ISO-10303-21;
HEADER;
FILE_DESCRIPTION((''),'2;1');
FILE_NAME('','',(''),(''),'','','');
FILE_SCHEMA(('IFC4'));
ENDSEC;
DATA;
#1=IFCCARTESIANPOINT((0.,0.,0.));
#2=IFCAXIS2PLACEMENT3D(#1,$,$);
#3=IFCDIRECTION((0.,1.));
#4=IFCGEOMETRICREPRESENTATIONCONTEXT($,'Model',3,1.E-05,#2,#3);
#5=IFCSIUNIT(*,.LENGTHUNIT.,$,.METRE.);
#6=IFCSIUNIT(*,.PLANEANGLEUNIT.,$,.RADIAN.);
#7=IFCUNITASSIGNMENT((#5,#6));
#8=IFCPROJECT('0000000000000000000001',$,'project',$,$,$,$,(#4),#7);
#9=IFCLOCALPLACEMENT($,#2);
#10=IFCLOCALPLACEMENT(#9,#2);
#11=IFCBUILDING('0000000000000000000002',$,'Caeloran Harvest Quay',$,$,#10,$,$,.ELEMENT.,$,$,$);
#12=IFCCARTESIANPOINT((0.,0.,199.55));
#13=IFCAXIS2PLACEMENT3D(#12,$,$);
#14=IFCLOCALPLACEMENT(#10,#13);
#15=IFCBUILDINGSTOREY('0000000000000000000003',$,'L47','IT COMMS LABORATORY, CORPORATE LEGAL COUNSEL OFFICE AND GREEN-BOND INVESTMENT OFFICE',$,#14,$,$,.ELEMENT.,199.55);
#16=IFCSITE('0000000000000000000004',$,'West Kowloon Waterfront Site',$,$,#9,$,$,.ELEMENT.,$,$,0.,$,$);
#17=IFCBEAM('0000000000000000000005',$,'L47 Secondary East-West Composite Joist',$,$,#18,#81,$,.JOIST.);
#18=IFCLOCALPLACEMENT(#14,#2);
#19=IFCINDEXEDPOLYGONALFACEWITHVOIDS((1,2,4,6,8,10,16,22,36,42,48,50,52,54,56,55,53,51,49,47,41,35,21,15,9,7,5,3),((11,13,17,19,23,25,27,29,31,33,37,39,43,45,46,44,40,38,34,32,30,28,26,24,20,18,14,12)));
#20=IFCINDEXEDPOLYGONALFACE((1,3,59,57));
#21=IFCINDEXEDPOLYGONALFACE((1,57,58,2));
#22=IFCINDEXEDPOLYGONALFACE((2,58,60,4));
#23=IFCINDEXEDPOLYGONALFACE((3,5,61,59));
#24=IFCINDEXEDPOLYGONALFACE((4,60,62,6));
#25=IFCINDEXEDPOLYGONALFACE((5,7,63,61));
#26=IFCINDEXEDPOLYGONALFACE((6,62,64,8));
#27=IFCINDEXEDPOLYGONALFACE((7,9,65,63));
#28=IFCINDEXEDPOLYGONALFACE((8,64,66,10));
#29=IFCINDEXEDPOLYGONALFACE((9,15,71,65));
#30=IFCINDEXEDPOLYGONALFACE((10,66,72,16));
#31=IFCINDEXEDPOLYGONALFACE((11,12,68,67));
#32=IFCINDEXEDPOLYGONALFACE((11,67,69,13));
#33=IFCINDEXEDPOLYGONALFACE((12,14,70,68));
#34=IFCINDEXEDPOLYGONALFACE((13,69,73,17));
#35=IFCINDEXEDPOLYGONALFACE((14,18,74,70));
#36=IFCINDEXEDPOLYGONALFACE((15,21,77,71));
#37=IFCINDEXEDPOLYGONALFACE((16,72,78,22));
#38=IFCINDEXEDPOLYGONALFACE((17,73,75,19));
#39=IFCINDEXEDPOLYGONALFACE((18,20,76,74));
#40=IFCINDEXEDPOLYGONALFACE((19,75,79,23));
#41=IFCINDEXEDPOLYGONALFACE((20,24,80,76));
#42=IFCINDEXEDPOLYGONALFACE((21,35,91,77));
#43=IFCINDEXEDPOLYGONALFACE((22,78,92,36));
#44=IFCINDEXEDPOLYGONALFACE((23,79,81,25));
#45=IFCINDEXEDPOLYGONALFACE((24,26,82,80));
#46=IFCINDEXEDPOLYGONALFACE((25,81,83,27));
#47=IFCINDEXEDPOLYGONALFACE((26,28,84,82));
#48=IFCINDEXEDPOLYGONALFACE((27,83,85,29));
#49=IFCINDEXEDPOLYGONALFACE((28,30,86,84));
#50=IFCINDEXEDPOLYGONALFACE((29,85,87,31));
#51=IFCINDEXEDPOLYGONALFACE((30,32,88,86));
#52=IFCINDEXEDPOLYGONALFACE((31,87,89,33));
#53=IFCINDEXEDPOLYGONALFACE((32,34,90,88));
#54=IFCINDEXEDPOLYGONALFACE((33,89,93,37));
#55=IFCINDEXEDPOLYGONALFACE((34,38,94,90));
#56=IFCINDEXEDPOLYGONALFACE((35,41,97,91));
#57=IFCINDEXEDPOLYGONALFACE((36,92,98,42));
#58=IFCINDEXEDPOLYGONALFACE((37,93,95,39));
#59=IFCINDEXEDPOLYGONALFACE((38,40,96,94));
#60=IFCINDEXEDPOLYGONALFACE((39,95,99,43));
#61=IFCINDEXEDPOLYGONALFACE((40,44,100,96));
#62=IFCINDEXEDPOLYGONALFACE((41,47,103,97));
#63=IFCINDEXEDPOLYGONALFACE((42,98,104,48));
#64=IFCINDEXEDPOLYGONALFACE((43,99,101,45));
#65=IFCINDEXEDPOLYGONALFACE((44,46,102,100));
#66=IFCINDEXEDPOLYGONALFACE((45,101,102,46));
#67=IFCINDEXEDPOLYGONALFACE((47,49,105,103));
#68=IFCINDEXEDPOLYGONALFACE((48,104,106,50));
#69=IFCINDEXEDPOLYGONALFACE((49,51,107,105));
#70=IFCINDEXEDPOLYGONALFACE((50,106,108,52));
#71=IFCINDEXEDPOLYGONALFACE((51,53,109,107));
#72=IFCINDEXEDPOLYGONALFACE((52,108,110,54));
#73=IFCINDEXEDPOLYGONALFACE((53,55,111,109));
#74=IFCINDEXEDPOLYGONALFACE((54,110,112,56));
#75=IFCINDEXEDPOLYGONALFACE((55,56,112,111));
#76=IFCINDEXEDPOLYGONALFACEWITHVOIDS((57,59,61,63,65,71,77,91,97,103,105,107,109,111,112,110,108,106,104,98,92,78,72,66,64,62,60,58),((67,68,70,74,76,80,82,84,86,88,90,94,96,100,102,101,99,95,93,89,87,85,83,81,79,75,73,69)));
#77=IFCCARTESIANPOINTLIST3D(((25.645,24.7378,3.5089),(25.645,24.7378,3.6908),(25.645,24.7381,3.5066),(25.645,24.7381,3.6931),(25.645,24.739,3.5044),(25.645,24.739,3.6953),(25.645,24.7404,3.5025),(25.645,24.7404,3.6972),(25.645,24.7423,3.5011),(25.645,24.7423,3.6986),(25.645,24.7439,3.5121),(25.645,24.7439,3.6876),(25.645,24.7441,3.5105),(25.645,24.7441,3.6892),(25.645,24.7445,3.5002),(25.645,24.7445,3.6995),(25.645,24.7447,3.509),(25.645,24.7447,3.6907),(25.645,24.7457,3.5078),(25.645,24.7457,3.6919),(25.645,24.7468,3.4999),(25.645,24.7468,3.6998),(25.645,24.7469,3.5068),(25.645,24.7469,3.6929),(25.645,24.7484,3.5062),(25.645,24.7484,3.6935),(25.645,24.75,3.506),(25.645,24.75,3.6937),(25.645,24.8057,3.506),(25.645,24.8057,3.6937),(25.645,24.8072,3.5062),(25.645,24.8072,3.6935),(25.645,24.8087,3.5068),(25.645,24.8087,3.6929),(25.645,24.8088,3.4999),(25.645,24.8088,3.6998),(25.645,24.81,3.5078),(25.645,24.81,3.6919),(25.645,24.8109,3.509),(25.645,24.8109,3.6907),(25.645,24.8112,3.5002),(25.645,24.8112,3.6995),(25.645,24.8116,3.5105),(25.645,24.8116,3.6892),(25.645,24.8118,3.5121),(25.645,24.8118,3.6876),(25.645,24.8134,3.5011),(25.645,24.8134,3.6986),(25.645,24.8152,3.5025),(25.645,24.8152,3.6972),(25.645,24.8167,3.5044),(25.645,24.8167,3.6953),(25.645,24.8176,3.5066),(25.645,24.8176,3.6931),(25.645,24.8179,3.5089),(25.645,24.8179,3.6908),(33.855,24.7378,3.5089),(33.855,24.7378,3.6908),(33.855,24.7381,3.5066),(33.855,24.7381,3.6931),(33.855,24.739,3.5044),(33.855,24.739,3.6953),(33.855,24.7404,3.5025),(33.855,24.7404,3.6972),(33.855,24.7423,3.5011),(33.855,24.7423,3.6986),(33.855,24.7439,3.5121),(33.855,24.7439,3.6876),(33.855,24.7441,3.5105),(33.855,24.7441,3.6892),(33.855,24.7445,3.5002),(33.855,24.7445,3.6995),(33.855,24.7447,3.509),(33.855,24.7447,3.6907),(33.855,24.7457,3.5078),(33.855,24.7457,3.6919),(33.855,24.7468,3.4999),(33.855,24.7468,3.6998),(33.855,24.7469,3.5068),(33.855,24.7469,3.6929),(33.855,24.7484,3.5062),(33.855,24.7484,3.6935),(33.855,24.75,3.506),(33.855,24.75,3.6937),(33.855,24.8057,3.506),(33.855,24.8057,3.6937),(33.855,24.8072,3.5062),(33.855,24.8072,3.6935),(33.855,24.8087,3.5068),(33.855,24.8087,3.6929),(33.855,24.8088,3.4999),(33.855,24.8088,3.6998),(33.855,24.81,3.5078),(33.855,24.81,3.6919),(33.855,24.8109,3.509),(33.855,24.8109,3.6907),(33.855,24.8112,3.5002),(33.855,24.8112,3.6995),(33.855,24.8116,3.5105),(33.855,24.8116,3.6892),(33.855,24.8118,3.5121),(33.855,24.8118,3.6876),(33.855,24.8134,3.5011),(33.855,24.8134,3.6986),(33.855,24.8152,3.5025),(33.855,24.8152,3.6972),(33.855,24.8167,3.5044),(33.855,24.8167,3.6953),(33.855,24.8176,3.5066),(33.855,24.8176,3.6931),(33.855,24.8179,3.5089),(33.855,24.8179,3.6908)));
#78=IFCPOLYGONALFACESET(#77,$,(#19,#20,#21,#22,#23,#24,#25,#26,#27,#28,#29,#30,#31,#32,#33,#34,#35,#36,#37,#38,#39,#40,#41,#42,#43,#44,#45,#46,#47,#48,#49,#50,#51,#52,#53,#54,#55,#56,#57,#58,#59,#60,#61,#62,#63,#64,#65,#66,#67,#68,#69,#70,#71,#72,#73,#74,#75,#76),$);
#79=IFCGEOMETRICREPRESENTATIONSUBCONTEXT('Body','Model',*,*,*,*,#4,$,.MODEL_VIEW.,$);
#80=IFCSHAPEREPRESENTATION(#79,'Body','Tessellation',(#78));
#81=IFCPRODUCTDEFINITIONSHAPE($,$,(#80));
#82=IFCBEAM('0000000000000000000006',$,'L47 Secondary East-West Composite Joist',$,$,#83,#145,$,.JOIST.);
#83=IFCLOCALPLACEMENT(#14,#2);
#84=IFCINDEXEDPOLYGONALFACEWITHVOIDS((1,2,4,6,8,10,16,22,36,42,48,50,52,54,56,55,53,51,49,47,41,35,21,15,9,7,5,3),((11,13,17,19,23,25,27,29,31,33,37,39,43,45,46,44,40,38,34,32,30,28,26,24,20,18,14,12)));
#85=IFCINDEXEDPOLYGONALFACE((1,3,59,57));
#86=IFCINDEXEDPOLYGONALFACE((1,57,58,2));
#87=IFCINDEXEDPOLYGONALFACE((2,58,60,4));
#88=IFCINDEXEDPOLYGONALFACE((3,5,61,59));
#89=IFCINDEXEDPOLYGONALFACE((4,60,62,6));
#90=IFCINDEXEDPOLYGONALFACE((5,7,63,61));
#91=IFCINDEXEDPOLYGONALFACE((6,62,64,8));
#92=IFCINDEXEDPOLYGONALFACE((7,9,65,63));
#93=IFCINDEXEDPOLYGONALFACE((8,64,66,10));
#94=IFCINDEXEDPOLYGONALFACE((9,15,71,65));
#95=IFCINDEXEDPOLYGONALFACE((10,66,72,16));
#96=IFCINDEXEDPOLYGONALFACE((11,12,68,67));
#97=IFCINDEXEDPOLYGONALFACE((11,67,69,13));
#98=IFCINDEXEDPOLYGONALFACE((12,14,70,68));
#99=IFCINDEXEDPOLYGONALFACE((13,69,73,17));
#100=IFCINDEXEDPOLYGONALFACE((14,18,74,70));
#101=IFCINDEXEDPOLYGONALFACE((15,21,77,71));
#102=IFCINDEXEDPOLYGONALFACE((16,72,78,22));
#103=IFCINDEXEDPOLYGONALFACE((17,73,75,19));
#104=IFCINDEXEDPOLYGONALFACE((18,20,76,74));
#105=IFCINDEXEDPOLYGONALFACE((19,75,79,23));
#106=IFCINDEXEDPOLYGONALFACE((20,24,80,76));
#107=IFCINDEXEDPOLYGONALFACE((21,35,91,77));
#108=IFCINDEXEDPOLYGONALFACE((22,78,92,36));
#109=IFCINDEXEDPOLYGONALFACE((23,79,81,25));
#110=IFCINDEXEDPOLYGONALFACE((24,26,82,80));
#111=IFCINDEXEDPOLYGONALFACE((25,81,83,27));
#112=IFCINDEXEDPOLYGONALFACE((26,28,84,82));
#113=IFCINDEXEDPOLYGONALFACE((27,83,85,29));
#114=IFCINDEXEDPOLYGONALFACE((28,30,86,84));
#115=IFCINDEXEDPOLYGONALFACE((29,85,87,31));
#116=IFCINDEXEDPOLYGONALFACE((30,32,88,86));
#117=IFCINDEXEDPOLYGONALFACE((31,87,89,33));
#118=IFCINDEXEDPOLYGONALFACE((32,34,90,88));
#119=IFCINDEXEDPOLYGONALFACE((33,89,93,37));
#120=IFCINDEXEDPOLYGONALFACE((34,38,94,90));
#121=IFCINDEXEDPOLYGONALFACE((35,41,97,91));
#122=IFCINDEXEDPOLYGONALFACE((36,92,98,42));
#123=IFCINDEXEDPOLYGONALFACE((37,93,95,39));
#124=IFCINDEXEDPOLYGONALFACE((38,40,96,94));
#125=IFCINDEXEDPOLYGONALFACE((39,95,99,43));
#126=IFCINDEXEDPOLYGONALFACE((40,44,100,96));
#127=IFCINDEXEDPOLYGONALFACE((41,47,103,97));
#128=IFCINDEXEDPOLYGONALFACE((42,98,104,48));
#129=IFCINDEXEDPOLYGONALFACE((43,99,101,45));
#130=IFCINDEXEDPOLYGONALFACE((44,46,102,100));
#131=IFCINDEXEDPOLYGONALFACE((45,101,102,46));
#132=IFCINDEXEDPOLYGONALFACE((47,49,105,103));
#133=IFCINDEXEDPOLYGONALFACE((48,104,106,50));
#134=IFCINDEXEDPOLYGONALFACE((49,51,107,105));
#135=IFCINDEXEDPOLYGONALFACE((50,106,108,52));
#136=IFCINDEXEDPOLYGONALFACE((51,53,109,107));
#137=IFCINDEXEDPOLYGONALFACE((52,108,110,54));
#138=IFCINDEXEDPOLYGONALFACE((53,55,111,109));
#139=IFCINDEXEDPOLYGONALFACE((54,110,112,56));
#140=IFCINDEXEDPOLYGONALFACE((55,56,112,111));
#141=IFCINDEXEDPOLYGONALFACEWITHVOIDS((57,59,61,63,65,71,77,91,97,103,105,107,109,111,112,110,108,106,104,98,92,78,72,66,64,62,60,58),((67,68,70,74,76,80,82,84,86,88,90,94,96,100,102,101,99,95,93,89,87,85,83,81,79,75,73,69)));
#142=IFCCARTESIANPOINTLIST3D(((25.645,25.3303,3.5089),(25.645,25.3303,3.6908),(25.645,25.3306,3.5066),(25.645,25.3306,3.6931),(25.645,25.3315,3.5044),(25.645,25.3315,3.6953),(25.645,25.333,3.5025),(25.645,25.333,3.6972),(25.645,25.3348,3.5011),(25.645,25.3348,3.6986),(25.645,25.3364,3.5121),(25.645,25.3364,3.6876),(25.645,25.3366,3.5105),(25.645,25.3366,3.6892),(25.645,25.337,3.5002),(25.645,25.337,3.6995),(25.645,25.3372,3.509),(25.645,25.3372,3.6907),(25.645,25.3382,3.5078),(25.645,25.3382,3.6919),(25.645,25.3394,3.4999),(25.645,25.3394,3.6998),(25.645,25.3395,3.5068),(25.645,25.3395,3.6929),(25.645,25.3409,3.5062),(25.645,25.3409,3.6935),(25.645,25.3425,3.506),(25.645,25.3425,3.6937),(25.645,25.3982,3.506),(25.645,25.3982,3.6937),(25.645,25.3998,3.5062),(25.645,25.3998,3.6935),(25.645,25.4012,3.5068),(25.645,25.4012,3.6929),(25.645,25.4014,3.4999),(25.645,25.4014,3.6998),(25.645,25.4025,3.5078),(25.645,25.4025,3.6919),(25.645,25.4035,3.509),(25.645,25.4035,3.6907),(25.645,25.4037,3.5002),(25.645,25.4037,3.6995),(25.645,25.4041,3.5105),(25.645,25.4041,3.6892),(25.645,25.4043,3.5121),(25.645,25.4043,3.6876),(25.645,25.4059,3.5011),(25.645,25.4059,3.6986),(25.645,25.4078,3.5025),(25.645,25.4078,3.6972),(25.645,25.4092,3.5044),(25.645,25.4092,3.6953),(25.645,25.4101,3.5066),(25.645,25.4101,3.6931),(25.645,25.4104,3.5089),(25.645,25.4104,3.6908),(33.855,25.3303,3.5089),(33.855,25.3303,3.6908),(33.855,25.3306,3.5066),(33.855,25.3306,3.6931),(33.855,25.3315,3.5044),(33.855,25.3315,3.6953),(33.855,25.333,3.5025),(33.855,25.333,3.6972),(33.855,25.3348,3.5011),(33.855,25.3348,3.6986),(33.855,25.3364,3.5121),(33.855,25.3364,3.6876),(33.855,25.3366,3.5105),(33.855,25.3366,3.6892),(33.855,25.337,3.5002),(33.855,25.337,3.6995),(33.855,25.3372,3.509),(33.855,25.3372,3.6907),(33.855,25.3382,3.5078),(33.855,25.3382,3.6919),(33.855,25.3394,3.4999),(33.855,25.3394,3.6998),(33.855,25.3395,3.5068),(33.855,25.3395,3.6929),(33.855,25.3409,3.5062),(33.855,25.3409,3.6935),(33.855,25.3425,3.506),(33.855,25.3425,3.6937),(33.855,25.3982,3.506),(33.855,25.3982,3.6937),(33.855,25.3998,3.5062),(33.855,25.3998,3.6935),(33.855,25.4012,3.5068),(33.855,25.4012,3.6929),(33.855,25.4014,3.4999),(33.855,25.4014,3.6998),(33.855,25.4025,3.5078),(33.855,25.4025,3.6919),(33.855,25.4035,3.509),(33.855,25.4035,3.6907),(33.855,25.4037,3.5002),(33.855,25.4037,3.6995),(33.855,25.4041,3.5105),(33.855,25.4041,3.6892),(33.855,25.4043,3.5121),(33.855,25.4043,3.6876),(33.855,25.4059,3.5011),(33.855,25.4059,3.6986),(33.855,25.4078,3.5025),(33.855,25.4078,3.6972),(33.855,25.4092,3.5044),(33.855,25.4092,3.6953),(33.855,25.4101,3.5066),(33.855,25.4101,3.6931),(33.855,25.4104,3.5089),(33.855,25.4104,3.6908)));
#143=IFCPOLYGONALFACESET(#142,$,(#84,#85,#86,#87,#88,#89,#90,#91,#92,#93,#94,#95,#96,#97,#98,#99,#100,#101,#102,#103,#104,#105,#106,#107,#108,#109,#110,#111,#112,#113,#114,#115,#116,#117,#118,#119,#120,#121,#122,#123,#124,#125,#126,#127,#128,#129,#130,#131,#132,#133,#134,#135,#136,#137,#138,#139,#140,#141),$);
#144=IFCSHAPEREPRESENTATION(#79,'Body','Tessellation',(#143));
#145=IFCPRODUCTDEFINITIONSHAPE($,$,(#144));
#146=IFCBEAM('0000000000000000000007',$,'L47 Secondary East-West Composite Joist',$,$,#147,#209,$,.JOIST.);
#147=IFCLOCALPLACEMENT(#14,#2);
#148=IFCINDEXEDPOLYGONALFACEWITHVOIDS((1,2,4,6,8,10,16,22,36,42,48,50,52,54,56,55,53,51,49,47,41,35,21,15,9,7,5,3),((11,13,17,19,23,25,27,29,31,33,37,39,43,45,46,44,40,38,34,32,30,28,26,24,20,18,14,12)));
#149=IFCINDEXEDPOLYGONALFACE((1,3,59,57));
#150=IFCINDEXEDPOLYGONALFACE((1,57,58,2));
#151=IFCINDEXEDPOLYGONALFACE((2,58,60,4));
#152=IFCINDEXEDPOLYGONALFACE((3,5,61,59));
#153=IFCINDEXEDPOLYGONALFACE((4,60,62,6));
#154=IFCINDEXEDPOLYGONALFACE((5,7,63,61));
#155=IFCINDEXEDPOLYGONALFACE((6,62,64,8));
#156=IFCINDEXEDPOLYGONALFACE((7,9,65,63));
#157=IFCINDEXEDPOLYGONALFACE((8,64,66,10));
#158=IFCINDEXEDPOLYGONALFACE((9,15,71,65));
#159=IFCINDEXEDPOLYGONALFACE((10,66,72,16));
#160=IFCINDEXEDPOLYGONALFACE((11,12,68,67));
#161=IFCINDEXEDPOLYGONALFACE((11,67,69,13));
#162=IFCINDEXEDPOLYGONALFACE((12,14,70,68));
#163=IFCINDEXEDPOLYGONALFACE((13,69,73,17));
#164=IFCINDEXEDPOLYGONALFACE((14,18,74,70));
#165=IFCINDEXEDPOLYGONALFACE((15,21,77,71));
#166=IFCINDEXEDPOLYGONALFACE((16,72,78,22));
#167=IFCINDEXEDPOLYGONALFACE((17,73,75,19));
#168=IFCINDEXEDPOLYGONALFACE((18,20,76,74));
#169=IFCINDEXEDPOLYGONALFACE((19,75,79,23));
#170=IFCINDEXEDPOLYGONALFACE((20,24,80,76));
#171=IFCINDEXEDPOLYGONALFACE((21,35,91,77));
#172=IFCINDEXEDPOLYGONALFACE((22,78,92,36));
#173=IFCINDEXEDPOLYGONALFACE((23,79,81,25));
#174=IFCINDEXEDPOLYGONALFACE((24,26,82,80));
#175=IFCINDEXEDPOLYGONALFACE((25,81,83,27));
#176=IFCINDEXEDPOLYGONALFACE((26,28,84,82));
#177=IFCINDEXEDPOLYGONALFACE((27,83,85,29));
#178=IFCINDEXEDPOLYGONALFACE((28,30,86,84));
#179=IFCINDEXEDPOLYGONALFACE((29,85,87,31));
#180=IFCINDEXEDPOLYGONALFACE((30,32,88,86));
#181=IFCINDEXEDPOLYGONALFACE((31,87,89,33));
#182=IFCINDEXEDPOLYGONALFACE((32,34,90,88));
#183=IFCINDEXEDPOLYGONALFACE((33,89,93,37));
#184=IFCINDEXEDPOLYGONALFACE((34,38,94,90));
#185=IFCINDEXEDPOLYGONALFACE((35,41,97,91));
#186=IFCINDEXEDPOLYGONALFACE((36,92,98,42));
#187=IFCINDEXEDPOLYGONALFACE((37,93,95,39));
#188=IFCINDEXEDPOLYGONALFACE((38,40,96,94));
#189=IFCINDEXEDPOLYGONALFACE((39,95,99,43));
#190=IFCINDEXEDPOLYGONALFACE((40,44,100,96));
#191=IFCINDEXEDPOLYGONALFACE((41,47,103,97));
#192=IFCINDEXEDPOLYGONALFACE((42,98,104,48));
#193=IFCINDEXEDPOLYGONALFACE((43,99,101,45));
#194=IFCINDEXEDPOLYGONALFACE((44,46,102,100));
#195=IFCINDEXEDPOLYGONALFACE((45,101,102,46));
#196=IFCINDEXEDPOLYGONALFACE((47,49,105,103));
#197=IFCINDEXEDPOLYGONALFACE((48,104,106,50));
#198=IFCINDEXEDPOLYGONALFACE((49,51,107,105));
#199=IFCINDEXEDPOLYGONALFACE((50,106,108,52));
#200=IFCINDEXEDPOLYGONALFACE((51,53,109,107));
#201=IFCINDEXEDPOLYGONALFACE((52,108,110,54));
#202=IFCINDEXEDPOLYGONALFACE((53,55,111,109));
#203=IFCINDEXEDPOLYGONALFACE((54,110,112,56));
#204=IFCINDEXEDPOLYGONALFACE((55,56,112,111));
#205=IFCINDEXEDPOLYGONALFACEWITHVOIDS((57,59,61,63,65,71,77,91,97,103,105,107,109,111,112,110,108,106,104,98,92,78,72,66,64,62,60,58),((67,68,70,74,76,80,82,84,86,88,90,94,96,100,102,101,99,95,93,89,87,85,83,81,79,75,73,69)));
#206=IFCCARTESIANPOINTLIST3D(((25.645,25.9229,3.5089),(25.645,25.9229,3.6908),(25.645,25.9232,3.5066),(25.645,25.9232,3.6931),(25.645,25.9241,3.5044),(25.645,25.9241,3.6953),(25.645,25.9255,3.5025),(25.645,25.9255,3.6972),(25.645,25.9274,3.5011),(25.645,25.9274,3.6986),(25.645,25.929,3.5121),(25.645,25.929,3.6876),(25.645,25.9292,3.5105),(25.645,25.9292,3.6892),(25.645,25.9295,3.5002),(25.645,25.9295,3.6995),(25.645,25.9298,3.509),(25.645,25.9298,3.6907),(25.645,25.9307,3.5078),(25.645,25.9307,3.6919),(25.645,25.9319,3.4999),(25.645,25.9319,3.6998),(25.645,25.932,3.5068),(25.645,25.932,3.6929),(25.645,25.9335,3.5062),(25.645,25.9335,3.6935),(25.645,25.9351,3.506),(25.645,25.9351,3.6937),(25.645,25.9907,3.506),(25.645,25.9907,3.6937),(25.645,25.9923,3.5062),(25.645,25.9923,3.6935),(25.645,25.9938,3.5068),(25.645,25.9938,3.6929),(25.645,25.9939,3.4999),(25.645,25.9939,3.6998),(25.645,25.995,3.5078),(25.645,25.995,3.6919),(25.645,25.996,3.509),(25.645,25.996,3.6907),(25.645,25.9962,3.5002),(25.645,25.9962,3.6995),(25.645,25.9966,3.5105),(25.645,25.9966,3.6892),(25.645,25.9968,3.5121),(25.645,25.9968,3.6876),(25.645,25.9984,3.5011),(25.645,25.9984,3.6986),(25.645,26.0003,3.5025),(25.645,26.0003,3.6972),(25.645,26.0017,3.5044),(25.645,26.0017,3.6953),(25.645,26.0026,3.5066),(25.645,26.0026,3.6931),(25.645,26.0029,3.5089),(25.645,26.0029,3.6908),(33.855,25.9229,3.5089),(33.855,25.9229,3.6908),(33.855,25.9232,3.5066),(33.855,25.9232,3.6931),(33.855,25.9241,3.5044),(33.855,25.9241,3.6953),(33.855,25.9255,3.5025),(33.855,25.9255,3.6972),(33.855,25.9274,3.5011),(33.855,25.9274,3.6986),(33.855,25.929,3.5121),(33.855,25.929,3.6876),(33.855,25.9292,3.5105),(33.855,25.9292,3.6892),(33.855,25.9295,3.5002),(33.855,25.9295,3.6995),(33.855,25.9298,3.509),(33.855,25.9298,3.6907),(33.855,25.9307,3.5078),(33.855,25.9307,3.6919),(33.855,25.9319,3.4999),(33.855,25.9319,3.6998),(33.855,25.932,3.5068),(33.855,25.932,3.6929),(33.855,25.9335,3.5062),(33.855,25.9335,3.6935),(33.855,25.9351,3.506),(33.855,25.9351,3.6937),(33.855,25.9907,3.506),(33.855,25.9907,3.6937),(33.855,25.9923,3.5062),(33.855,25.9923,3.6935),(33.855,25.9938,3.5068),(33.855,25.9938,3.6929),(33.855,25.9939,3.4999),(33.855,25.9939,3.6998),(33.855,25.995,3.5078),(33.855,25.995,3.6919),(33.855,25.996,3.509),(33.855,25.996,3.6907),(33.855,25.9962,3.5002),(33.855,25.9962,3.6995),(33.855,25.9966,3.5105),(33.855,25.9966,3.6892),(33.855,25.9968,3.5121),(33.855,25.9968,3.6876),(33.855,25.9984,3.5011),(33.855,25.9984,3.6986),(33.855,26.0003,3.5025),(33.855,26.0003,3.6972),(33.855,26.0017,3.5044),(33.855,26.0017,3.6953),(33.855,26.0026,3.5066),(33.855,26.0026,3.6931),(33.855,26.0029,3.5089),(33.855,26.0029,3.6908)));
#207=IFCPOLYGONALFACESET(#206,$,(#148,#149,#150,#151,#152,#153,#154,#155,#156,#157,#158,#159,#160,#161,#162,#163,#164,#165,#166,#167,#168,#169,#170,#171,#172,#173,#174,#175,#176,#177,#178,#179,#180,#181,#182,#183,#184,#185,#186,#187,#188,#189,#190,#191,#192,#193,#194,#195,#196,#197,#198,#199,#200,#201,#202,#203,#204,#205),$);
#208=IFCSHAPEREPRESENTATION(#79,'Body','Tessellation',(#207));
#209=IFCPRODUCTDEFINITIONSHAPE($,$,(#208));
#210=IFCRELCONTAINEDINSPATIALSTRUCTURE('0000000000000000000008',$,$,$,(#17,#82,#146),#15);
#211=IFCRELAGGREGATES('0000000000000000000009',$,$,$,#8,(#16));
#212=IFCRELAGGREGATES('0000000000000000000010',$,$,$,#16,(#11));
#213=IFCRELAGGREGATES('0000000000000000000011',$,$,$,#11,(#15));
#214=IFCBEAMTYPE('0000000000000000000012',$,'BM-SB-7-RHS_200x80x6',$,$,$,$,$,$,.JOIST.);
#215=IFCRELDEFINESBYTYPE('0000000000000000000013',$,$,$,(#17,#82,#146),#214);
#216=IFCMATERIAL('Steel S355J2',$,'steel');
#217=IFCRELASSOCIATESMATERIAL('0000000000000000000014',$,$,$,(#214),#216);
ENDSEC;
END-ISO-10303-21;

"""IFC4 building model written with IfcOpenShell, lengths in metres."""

from ifc_helpers import new_model, si_unit, direction, frame, origin, origin_2d, place, context, subcontext, project, spatial, hollow_rectangle, extrude, material, material_profile, profile_set, type_object, element, save


model = new_model("IFC4")

# Units and contexts
model_context = context("Model", 3, precision=1e-05, world=origin(), true_north=direction((0.0, 1.0)))
body_context = subcontext(model_context, "Body", "Model", "MODEL_VIEW")
ifc_project = project(units=[si_unit("LENGTHUNIT", "METRE"), si_unit("PLANEANGLEUNIT", "RADIAN")], contexts=[model_context])

# Site, building, storey
site_placement = place(None, origin())
site = spatial("IfcSite", under=ifc_project, at=site_placement, Name="West Kowloon Waterfront Site", CompositionType="ELEMENT", RefElevation=0.0)
building_placement = place(site_placement, origin())
building = spatial("IfcBuilding", under=site, at=building_placement, Name="Caeloran Harvest Quay", CompositionType="ELEMENT")
storey_placement = place(building_placement, frame((0.0, 0.0, 199.55)))
storey = spatial("IfcBuildingStorey", under=building, at=storey_placement, Name="L47", Description="IT COMMS LABORATORY, CORPORATE LEGAL COUNSEL OFFICE AND GREEN-BOND INVESTMENT OFFICE", CompositionType="ELEMENT", Elevation=199.55)

# Beams
ifc_material_1 = material(Name="Steel S355J2", Category="steel")
ifc_material_profile_1 = material_profile(ifc_material_1, hollow_rectangle(XDim=0.0801, YDim=0.2, WallThickness=0.0061, InnerFilletRadius=0.0061, OuterFilletRadius=0.009, at=origin_2d()), Name="RHS 200x80x6")
ifc_profile_set_1 = profile_set([ifc_material_profile_1], Name="Steel S355J2")
beam_type_1 = type_object("IfcBeamType", Name="BM-SB-7-RHS_200x80x6", PredefinedType="JOIST", material=ifc_profile_set_1)
for number, where, z_axis, x_axis, name in (
    (1, (25.645, 24.7778, 3.5999), (1.0, 0.0, 0.0), (0.0, 1.0, 0.0), "L47 Secondary East-West Composite Joist"),
    (2, (25.645, 25.3704, 3.5999), (1.0, 0.0, 0.0), (0.0, 1.0, 0.0), "L47 Secondary East-West Composite Joist"),
    (3, (25.645, 25.9629, 3.5999), (1.0, 0.0, 0.0), (0.0, 1.0, 0.0), "L47 Secondary East-West Composite Joist"),
):
    element("IfcBeam", number, at=place(storey_placement, frame(where, z_axis=z_axis, x_axis=x_axis)), inside=storey, type_object=beam_type_1, Name=name, PredefinedType="JOIST", context=body_context, shape_type="SweptSolid", body=[
        extrude(hollow_rectangle(XDim=0.0801, YDim=0.2, WallThickness=0.0061, InnerFilletRadius=0.0061, OuterFilletRadius=0.009, at=origin_2d()), origin(), (0.0, 0.0, 1.0), 8.21),
    ])

save(model, "model.ifc")
